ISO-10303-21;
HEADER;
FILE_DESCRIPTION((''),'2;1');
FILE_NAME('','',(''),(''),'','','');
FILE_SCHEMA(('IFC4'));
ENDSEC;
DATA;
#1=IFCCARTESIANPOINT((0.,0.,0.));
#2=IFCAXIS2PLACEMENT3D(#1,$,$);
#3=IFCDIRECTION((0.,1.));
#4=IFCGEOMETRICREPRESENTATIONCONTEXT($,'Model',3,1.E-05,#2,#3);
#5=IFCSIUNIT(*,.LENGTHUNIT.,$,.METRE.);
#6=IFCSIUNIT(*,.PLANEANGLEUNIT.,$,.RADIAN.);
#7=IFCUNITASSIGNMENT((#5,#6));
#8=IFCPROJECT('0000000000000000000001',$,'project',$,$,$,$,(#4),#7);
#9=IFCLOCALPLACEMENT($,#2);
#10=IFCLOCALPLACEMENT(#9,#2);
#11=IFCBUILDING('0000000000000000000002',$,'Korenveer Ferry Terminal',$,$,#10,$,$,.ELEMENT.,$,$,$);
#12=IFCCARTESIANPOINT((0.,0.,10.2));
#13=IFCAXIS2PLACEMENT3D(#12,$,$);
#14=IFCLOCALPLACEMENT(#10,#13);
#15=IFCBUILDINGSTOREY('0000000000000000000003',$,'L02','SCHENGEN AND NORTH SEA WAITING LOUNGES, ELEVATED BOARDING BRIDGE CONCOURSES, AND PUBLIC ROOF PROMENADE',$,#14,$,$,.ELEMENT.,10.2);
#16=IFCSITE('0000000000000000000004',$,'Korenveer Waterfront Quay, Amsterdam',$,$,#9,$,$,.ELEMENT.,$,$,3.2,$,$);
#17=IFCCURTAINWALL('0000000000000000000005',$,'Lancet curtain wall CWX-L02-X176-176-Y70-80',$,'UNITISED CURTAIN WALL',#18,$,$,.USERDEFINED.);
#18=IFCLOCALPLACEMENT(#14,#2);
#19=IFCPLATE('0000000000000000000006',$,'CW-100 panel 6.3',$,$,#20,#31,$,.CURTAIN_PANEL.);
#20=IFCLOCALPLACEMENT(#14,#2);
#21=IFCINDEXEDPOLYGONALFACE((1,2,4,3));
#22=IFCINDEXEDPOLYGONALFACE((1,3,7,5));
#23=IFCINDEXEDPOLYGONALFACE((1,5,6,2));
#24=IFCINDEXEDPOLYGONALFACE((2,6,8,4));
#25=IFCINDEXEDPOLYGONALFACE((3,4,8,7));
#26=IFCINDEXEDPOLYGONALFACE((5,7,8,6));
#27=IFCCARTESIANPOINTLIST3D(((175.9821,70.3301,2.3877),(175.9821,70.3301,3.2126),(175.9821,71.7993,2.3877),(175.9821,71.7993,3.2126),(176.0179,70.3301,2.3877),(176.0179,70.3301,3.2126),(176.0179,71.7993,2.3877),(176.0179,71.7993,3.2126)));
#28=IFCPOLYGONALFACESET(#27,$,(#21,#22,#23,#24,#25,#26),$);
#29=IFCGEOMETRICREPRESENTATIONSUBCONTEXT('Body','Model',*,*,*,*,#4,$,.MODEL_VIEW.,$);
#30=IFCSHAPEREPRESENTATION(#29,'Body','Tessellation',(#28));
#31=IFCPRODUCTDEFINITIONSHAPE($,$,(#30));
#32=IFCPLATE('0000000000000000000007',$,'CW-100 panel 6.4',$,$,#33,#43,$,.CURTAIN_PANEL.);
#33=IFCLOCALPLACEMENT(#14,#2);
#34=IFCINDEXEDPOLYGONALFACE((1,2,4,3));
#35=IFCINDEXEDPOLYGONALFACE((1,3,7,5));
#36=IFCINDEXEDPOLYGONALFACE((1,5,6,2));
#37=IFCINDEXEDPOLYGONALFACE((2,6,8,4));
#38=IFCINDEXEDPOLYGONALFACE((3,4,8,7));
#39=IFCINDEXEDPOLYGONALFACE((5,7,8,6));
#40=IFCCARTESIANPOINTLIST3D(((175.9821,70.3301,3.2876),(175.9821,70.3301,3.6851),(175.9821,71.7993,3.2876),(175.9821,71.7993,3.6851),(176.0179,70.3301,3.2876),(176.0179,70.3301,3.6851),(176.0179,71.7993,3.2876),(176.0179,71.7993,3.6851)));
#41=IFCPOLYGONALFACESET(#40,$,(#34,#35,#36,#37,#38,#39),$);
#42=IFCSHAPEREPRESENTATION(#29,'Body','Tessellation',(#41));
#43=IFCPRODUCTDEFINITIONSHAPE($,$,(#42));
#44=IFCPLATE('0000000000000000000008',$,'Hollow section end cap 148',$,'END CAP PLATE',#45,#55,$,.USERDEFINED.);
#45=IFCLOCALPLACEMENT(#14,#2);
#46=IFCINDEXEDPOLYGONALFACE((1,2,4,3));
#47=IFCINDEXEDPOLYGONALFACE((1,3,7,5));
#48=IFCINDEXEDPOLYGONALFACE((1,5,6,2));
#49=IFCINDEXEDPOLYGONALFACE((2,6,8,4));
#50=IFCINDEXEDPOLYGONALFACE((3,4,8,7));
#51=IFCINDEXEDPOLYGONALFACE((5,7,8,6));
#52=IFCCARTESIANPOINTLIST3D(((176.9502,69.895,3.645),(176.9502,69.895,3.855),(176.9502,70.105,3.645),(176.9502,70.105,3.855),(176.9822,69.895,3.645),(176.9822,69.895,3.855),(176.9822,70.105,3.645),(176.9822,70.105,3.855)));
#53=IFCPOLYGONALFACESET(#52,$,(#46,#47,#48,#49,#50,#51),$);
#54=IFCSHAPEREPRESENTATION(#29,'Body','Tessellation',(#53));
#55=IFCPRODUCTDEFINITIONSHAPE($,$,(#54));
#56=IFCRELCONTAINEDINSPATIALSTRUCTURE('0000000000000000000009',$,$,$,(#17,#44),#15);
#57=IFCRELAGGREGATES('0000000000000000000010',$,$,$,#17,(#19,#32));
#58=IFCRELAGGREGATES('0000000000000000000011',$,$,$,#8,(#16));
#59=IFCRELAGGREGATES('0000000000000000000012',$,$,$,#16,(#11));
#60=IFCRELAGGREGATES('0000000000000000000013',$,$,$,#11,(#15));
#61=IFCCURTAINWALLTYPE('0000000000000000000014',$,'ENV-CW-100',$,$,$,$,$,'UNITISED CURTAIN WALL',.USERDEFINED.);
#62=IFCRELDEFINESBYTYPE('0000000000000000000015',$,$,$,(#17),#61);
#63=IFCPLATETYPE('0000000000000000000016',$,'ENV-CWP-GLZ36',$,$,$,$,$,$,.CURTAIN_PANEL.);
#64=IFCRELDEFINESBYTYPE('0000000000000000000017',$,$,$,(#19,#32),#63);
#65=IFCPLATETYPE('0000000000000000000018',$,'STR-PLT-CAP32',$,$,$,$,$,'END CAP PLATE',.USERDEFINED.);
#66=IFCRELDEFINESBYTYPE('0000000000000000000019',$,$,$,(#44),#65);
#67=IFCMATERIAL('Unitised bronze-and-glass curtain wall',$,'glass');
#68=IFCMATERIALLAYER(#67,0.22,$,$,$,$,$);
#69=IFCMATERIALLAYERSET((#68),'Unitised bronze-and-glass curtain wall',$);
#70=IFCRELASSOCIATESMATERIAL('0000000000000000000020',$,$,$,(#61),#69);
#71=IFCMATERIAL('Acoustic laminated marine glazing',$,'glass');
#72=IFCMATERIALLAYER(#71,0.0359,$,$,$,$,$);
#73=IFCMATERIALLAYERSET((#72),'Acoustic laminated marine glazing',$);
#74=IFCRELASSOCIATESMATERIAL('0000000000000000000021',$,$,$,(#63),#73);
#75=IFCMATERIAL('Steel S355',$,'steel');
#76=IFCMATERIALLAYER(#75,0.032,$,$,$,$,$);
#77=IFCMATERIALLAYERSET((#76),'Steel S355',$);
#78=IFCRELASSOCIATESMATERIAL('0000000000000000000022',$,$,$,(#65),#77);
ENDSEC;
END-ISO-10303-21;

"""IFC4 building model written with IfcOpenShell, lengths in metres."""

from ifc_helpers import new_model, si_unit, direction, frame, origin, origin_2d, place, context, subcontext, project, spatial, rectangle, extrude, material, layer, layer_set, type_object, element, aggregate, save


model = new_model("IFC4")

# Units and contexts
model_context = context("Model", 3, precision=1e-05, world=origin(), true_north=direction((0.0, 1.0)))
body_context = subcontext(model_context, "Body", "Model", "MODEL_VIEW")
ifc_project = project(units=[si_unit("LENGTHUNIT", "METRE"), si_unit("PLANEANGLEUNIT", "RADIAN")], contexts=[model_context])

# Site, building, storey
site_placement = place(None, origin())
site = spatial("IfcSite", under=ifc_project, at=site_placement, Name="Korenveer Waterfront Quay, Amsterdam", CompositionType="ELEMENT", RefElevation=3.2)
building_placement = place(site_placement, origin())
building = spatial("IfcBuilding", under=site, at=building_placement, Name="Korenveer Ferry Terminal", CompositionType="ELEMENT")
storey_placement = place(building_placement, frame((0.0, 0.0, 10.2)))
storey = spatial("IfcBuildingStorey", under=building, at=storey_placement, Name="L02", Description="SCHENGEN AND NORTH SEA WAITING LOUNGES, ELEVATED BOARDING BRIDGE CONCOURSES, AND PUBLIC ROOF PROMENADE", CompositionType="ELEMENT", Elevation=10.2)

# Shared definitions
ifc_material_1 = material(Name="Steel S355", Category="steel")

# Shared definitions
ifc_material_2 = material(Name="Unitised bronze-and-glass curtain wall", Category="glass")

# Curtain wall
ifc_layer_1 = layer(ifc_material_2, 0.22)
ifc_layer_set_1 = layer_set([ifc_layer_1], Name="Unitised bronze-and-glass curtain wall")
curtain_wall_type_1 = type_object("IfcCurtainWallType", Name="ENV-CW-100", ElementType="UNITISED CURTAIN WALL", PredefinedType="USERDEFINED", material=ifc_layer_set_1)
curtain_wall_1_placement = place(storey_placement, frame((176.0, 79.7451, 0.0)))
curtain_wall_1 = element("IfcCurtainWall", 1, at=curtain_wall_1_placement, inside=storey, type_object=curtain_wall_type_1, Name="Lancet curtain wall CWX-L02-X176-176-Y70-80", ObjectType="UNITISED CURTAIN WALL", PredefinedType="USERDEFINED")

# Plates
ifc_material_3 = material(Name="Acoustic laminated marine glazing", Category="glass")
ifc_layer_2 = layer(ifc_material_3, 0.0359)
ifc_layer_set_2 = layer_set([ifc_layer_2], Name="Acoustic laminated marine glazing")
plate_type_1 = type_object("IfcPlateType", Name="ENV-CWP-GLZ36", PredefinedType="CURTAIN_PANEL", material=ifc_layer_set_2)
plate_1_placement = place(storey_placement, frame((176.0, 71.0647, 2.3877), z_axis=(0.0, 0.0, 1.0), x_axis=(0.0, -1.0, 0.0)))
plate_1 = element("IfcPlate", 2, at=plate_1_placement, type_object=plate_type_1, Name="CW-100 panel 6.3", PredefinedType="CURTAIN_PANEL", context=body_context, shape_type="SweptSolid", body=[
    extrude(rectangle(XDim=1.4692, YDim=0.0359, at=origin_2d()), origin(), (0.0, 0.0, 1.0), 0.825),
])
plate_2_placement = place(storey_placement, frame((176.0, 71.0647, 3.2876), z_axis=(0.0, 0.0, 1.0), x_axis=(0.0, -1.0, 0.0)))
plate_2 = element("IfcPlate", 3, at=plate_2_placement, type_object=plate_type_1, Name="CW-100 panel 6.4", PredefinedType="CURTAIN_PANEL", context=body_context, shape_type="SweptSolid", body=[
    extrude(rectangle(XDim=1.4692, YDim=0.0359, at=origin_2d()), origin(), (0.0, 0.0, 1.0), 0.3975),
])
aggregate(curtain_wall_1, [plate_1, plate_2])
ifc_layer_3 = layer(ifc_material_1, 0.032)
ifc_layer_set_3 = layer_set([ifc_layer_3], Name="Steel S355")
plate_type_2 = type_object("IfcPlateType", Name="STR-PLT-CAP32", ElementType="END CAP PLATE", PredefinedType="USERDEFINED", material=ifc_layer_set_3)
plate_3_placement = place(storey_placement, frame((176.9502, 70.0, 3.75), z_axis=(1.0, 0.0, 0.0), x_axis=(0.0, 1.0, 0.0)))
element("IfcPlate", 4, at=plate_3_placement, inside=storey, type_object=plate_type_2, Name="Hollow section end cap 148", ObjectType="END CAP PLATE", PredefinedType="USERDEFINED", context=body_context, shape_type="SweptSolid", body=[
    extrude(rectangle(XDim=0.21, YDim=0.21, at=origin_2d()), origin(), (0.0, 0.0, 1.0), 0.032),
])

save(model, "model.ifc")
